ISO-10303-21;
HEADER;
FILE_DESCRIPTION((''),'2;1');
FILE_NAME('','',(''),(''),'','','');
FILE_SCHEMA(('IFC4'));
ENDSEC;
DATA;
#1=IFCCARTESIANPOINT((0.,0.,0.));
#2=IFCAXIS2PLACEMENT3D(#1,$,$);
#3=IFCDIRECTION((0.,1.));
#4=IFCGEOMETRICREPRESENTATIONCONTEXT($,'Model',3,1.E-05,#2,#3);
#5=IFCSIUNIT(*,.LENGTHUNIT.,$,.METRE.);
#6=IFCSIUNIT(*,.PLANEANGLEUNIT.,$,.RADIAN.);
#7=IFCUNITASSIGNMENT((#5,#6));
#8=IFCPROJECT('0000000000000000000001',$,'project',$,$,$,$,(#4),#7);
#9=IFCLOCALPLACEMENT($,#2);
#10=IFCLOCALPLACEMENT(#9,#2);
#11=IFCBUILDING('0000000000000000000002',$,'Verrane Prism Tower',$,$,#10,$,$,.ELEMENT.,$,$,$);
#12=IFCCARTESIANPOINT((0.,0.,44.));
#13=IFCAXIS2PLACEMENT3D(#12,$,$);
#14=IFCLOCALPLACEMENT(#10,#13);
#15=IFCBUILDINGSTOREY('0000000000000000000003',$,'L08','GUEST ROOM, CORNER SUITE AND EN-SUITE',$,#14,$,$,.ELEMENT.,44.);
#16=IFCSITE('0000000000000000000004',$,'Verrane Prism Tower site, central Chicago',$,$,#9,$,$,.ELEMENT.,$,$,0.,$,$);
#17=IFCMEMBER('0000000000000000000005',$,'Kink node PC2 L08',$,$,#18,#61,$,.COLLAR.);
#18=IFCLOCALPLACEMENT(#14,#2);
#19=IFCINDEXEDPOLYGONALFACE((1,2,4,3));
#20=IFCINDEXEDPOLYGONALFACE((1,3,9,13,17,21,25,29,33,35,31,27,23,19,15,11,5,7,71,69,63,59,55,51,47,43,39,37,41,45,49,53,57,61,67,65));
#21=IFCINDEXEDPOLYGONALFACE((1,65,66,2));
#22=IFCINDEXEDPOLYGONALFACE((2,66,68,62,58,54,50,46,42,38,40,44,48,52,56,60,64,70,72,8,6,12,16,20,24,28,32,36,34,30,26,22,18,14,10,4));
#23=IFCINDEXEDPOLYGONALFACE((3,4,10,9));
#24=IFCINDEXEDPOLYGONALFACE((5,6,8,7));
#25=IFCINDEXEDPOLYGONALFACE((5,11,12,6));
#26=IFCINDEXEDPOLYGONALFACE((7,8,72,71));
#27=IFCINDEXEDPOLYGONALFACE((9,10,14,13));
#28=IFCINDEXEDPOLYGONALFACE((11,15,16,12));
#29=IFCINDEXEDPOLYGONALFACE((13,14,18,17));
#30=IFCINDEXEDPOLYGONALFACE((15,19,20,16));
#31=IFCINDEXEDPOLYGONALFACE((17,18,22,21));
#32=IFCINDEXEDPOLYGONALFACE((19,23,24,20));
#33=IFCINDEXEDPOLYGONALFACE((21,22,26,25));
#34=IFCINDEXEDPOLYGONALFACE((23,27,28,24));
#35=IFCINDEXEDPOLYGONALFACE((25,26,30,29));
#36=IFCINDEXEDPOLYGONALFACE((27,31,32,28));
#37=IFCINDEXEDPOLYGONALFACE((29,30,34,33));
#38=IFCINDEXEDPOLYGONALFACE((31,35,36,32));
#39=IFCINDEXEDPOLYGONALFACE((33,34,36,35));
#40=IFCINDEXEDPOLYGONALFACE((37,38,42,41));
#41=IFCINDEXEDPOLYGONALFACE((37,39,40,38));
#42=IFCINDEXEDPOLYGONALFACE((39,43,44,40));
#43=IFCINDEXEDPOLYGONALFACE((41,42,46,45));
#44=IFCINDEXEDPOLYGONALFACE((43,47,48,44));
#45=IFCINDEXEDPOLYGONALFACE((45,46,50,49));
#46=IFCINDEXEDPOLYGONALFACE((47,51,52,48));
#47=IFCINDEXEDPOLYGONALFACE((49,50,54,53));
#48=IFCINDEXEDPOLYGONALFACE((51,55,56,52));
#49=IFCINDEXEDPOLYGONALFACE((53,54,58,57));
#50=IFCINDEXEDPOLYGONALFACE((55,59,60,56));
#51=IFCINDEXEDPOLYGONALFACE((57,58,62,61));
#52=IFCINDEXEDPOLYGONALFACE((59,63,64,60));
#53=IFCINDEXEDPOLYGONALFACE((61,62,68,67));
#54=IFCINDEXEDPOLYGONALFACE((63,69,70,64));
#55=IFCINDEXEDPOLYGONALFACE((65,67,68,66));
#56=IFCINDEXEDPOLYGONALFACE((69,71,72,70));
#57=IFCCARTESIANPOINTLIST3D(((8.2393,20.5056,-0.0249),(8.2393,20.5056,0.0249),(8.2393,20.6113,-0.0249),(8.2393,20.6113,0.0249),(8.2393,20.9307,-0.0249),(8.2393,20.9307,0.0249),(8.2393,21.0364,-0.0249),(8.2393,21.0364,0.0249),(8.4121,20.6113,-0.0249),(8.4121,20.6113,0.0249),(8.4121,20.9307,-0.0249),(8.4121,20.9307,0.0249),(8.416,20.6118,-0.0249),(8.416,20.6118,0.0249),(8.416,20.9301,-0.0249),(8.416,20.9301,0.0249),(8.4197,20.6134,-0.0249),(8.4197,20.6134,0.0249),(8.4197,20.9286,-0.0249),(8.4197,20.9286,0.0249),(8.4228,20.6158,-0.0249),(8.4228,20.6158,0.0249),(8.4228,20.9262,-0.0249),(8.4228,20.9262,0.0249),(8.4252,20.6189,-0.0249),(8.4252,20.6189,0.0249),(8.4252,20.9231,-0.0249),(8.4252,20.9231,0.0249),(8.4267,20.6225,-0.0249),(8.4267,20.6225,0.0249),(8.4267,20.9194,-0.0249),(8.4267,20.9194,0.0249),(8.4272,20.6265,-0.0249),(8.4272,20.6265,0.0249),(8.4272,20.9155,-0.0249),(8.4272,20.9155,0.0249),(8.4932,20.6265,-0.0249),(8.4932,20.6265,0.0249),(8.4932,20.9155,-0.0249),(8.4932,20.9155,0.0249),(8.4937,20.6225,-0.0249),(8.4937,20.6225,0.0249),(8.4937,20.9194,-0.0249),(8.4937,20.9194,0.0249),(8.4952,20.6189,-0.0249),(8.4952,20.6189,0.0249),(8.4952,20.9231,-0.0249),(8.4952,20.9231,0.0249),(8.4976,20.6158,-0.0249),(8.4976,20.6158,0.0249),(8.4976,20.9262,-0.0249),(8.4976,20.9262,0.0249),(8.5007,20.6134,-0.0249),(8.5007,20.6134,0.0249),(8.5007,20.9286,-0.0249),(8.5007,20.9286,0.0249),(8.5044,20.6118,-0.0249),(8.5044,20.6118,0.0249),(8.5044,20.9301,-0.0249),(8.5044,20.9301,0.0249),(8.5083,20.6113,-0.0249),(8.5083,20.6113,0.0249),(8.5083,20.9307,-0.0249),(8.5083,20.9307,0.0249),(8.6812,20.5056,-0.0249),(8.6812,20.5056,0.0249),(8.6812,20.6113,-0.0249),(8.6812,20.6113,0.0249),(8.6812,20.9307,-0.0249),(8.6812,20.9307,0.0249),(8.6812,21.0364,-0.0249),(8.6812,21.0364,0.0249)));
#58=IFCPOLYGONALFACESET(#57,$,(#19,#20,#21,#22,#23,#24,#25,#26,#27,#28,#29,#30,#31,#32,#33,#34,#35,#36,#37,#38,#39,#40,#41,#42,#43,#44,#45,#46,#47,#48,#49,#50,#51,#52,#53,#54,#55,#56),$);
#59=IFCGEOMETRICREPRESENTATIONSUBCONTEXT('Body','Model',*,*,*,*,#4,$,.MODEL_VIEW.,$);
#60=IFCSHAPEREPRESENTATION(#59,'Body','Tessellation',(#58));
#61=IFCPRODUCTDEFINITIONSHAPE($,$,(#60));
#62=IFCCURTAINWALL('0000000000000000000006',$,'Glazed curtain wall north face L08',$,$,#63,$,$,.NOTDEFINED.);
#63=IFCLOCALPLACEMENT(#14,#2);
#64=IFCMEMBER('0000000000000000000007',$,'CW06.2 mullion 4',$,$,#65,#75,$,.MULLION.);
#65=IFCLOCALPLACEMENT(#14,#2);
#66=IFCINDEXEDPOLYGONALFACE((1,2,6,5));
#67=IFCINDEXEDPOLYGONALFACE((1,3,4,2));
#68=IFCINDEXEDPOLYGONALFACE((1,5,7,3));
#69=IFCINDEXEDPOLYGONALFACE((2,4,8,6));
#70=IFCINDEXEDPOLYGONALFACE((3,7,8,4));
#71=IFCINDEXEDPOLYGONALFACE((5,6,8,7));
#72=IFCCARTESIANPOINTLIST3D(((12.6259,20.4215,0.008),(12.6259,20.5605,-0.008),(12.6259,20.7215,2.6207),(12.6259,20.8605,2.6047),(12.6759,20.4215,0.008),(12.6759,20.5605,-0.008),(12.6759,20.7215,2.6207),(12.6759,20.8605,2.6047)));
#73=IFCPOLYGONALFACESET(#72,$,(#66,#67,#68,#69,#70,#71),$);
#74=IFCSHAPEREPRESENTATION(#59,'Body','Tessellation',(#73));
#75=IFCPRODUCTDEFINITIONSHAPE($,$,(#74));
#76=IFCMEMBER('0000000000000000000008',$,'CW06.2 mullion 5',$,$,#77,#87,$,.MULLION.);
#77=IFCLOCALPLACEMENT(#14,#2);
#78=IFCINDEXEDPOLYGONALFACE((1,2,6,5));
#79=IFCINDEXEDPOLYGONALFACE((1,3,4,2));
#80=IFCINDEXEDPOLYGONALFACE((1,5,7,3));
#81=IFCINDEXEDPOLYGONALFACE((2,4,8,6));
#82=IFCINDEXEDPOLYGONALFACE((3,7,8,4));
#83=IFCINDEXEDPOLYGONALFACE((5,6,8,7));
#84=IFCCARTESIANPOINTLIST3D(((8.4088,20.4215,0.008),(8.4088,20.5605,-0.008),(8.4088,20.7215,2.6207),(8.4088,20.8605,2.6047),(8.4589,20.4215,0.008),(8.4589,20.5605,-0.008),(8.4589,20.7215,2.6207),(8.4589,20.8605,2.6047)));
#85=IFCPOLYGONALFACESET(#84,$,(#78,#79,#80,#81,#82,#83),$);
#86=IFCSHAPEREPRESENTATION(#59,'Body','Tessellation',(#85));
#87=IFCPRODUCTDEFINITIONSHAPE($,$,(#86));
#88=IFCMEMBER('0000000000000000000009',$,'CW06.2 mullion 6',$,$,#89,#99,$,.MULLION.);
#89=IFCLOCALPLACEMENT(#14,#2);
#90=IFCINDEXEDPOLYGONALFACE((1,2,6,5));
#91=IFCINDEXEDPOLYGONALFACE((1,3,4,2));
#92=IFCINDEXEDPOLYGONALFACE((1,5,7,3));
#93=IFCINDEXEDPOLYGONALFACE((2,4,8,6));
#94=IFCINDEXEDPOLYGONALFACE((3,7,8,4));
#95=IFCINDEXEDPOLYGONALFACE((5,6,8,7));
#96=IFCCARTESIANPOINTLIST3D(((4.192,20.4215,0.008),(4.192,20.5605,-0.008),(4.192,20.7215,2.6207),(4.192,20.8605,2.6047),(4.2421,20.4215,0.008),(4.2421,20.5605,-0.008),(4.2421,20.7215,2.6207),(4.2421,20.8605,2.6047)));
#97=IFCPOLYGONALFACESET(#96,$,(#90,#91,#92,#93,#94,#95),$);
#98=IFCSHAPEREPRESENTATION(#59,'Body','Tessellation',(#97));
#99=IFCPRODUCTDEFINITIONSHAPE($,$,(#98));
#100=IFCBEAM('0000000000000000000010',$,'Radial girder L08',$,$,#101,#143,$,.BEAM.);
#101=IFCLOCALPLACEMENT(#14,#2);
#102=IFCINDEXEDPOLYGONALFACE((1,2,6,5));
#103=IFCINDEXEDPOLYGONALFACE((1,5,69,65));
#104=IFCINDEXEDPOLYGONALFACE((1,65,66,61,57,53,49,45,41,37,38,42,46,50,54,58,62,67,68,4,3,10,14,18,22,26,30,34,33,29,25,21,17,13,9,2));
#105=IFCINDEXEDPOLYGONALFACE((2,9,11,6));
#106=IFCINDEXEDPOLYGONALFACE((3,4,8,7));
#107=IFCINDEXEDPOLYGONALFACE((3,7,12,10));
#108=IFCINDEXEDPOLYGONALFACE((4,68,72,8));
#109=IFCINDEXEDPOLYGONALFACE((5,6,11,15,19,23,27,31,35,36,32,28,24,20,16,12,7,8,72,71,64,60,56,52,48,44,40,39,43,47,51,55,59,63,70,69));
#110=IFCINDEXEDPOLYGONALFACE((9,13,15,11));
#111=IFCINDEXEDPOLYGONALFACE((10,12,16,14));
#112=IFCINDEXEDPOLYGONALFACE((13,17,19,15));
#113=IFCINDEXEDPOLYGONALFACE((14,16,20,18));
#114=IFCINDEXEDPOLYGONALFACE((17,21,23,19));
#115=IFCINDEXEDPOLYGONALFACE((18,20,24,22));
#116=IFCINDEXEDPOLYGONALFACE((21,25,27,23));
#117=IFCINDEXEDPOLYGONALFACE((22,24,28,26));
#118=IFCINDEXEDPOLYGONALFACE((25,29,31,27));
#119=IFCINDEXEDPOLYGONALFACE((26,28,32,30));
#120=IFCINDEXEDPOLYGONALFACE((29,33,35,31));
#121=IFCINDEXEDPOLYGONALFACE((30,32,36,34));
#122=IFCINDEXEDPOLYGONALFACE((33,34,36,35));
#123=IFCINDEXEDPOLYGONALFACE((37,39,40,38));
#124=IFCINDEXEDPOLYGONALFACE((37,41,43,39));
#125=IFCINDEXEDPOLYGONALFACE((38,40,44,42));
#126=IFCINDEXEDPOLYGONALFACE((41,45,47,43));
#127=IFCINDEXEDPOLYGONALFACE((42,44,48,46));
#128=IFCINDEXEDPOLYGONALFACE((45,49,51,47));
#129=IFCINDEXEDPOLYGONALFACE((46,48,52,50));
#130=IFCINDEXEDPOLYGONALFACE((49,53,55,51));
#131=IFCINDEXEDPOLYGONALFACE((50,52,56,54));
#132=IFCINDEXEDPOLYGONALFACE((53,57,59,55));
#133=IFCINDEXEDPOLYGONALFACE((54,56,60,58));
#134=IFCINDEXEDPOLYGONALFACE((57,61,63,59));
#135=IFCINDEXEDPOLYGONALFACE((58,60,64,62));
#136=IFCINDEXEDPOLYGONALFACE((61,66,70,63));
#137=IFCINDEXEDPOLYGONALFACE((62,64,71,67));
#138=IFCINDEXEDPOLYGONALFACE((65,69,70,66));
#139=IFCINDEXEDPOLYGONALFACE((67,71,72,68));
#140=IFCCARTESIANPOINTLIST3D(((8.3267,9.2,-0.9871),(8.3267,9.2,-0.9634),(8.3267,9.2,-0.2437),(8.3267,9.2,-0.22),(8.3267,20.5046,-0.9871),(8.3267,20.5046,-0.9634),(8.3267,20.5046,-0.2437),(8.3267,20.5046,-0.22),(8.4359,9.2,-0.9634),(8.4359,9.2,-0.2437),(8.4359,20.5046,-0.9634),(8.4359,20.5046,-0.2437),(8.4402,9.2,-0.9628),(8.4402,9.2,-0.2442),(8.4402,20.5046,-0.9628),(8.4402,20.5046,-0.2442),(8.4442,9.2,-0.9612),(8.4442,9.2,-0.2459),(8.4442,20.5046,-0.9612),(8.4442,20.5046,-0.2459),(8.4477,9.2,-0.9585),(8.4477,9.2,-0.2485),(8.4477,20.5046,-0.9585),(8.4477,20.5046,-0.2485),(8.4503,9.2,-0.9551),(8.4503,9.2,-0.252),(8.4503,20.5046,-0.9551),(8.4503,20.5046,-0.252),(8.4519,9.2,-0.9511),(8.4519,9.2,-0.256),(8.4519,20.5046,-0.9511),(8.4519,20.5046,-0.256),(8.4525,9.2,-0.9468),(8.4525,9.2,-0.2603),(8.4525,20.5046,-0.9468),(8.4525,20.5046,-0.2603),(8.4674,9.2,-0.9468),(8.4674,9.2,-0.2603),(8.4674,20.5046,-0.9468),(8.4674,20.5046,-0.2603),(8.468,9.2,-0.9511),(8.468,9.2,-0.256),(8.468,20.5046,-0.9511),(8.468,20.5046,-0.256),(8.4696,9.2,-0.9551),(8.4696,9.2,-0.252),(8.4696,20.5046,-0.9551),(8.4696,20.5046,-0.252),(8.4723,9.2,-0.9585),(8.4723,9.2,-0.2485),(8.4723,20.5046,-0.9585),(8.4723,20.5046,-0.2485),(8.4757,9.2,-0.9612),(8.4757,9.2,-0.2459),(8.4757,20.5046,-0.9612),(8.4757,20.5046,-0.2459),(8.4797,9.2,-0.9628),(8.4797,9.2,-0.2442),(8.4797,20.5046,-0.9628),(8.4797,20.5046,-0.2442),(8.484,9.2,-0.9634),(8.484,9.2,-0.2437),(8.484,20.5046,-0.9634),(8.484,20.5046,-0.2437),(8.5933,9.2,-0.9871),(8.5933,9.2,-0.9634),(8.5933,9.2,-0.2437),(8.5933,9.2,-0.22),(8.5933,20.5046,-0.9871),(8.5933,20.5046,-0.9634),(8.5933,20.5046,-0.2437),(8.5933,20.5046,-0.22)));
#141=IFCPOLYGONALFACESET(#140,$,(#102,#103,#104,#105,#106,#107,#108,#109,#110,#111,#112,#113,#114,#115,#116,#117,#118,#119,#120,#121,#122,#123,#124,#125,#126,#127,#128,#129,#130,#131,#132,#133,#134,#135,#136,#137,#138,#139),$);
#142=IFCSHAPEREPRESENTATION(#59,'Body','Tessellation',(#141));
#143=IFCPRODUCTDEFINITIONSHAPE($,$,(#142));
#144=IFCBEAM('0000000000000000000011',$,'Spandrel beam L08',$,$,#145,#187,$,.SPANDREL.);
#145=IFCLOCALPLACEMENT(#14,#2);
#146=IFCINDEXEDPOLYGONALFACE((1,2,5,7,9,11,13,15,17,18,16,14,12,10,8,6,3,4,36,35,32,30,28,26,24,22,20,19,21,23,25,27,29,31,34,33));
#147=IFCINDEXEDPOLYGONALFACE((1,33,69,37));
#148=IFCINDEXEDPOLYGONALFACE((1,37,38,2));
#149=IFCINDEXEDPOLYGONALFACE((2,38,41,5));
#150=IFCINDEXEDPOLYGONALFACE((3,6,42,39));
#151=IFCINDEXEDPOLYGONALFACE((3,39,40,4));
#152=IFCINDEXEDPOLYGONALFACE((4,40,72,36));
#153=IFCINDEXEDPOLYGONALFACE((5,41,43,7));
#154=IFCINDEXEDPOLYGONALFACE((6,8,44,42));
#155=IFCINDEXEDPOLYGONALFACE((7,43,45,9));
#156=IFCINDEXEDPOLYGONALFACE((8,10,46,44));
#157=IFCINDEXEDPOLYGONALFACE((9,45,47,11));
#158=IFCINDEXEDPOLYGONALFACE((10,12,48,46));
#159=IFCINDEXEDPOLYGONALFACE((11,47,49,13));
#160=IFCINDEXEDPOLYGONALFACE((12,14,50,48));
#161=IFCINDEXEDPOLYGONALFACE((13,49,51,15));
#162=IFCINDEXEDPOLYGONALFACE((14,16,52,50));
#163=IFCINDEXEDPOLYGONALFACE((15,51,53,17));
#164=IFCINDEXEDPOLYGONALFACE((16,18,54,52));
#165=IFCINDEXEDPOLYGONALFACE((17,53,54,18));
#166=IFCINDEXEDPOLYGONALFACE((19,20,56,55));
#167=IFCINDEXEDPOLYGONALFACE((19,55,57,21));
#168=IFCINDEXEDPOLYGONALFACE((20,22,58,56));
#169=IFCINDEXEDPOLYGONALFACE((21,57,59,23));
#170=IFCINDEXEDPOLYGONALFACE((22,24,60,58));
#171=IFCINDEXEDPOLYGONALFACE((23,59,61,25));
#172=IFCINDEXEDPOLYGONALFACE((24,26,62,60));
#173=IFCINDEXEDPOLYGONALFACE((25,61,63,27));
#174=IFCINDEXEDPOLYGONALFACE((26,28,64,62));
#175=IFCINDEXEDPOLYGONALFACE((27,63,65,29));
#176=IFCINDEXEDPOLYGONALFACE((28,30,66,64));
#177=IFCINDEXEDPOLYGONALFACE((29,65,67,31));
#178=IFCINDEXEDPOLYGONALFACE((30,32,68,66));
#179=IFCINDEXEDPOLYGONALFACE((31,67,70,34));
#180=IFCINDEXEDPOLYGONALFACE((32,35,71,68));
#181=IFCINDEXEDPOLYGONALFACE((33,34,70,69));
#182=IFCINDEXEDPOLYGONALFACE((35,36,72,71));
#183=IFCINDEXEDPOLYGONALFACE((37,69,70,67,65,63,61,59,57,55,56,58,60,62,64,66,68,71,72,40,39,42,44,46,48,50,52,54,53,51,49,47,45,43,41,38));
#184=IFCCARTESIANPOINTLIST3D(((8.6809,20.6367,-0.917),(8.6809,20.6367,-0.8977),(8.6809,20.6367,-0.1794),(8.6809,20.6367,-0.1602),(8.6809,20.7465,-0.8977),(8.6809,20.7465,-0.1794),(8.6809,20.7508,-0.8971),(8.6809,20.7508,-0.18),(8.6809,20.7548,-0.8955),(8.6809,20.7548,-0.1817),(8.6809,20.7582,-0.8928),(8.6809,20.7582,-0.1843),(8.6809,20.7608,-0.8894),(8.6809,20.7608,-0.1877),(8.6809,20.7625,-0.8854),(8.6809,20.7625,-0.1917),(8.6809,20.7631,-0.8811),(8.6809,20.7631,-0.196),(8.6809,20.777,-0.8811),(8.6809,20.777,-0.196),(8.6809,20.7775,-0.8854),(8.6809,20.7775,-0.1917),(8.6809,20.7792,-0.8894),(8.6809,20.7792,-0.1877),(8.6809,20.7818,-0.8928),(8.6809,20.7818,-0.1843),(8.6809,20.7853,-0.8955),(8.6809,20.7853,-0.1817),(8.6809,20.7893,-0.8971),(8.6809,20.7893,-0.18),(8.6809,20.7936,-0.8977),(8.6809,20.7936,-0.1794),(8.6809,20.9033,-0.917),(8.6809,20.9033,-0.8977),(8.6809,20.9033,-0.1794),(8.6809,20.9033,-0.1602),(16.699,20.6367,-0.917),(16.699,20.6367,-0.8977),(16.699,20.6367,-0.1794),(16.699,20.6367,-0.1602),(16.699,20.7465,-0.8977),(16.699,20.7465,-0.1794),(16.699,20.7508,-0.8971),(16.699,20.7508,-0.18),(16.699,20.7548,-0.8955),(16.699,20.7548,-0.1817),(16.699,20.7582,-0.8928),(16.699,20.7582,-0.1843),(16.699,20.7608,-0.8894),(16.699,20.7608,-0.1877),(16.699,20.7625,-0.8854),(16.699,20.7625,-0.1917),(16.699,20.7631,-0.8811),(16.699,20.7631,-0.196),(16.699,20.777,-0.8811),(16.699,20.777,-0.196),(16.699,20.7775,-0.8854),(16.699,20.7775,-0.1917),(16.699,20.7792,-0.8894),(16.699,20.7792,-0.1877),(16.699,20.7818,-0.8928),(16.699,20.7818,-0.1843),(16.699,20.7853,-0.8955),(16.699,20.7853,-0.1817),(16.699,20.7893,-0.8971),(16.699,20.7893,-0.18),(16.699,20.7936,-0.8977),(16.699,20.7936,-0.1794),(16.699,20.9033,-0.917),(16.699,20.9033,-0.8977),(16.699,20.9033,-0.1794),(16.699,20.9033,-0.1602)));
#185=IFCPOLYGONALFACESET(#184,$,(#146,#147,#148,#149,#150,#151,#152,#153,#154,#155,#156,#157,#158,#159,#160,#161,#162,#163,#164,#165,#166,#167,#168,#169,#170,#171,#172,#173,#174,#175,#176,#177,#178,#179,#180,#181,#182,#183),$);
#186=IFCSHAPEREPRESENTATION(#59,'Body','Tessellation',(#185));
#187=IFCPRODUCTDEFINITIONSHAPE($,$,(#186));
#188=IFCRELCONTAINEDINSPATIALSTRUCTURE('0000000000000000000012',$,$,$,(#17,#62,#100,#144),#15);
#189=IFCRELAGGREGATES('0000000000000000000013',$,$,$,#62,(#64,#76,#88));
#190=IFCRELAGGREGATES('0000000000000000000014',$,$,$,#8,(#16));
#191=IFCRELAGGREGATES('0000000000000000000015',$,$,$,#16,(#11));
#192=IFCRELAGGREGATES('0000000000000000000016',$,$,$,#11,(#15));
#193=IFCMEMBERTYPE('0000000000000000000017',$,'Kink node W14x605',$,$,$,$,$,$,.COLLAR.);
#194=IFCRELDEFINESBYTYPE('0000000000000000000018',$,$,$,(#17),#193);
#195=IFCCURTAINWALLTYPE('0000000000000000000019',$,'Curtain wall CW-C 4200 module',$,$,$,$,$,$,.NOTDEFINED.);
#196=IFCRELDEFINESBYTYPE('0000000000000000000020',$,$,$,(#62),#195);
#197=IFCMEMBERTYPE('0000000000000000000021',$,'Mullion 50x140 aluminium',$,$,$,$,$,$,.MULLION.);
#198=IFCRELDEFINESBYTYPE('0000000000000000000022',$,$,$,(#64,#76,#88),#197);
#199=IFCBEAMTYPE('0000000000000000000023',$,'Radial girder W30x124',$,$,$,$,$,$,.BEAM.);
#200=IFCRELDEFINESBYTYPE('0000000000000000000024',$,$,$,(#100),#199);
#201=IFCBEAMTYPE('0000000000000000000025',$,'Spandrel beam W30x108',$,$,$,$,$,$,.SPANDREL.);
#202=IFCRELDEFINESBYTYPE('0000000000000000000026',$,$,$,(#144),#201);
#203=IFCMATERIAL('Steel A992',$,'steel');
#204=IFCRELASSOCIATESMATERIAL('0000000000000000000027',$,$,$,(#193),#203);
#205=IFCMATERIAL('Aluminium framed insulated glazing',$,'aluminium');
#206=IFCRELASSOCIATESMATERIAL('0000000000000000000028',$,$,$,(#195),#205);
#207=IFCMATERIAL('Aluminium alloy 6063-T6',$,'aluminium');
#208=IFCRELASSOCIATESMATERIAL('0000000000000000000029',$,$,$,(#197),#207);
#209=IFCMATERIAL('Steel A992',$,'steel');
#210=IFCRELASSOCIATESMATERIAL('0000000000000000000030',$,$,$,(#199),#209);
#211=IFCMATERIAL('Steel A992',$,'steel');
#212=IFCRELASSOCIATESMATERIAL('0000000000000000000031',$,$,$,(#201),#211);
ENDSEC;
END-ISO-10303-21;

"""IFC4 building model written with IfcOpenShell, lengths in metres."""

from ifc_helpers import new_model, si_unit, direction, frame, origin, origin_2d, place, context, subcontext, project, spatial, rectangle, i_section, extrude, material, material_profile, profile_set, type_object, element, aggregate, save


model = new_model("IFC4")

# Units and contexts
model_context = context("Model", 3, precision=1e-05, world=origin(), true_north=direction((0.0, 1.0)))
body_context = subcontext(model_context, "Body", "Model", "MODEL_VIEW")
ifc_project = project(units=[si_unit("LENGTHUNIT", "METRE"), si_unit("PLANEANGLEUNIT", "RADIAN")], contexts=[model_context])

# Site, building, storey
site_placement = place(None, origin())
site = spatial("IfcSite", under=ifc_project, at=site_placement, Name="Verrane Prism Tower site, central Chicago", CompositionType="ELEMENT", RefElevation=0.0)
building_placement = place(site_placement, origin())
building = spatial("IfcBuilding", under=site, at=building_placement, Name="Verrane Prism Tower", CompositionType="ELEMENT")
storey_placement = place(building_placement, frame((0.0, 0.0, 44.0)))
storey = spatial("IfcBuildingStorey", under=building, at=storey_placement, Name="L08", Description="GUEST ROOM, CORNER SUITE AND EN-SUITE", CompositionType="ELEMENT", Elevation=44.0)

# Member
ifc_material_1 = material(Name="Steel A992", Category="steel")
ifc_material_profile_1 = material_profile(ifc_material_1, i_section(OverallWidth=0.4419, OverallDepth=0.5308, WebThickness=0.0659, FlangeThickness=0.1057, FilletRadius=0.0151, at=origin_2d()), Name="W14x605")
ifc_profile_set_1 = profile_set([ifc_material_profile_1], Name="Steel A992")
member_type_1 = type_object("IfcMemberType", Name="Kink node W14x605", PredefinedType="COLLAR", material=ifc_profile_set_1)
member_1_placement = place(storey_placement, frame((8.4602, 20.771, -0.0249), z_axis=(0.0, 0.0, 1.0), x_axis=(1.0, 0.0, 0.0)))
element("IfcMember", 1, at=member_1_placement, inside=storey, type_object=member_type_1, Name="Kink node PC2 L08", PredefinedType="COLLAR", context=body_context, shape_type="SweptSolid", body=[
    extrude(i_section(OverallWidth=0.4419, OverallDepth=0.5308, WebThickness=0.0659, FlangeThickness=0.1057, FilletRadius=0.0151, at=origin_2d()), origin(), (0.0, 0.0, 1.0), 0.0498),
])

# Curtain wall, members
ifc_material_2 = material(Name="Aluminium framed insulated glazing", Category="aluminium")
curtain_wall_type = type_object("IfcCurtainWallType", Name="Curtain wall CW-C 4200 module", PredefinedType="NOTDEFINED", material=ifc_material_2)
curtain_wall_placement = place(storey_placement, origin())
curtain_wall = element("IfcCurtainWall", 2, at=curtain_wall_placement, inside=storey, type_object=curtain_wall_type, Name="Glazed curtain wall north face L08", PredefinedType="NOTDEFINED")
ifc_material_3 = material(Name="Aluminium alloy 6063-T6", Category="aluminium")
ifc_material_profile_2 = material_profile(ifc_material_3, rectangle(XDim=0.1399, YDim=0.05, at=origin_2d()), Name="Mullion 50x140 aluminium")
ifc_profile_set_2 = profile_set([ifc_material_profile_2], Name="Aluminium alloy 6063-T6")
member_type_2 = type_object("IfcMemberType", Name="Mullion 50x140 aluminium", PredefinedType="MULLION", material=ifc_profile_set_2)
member_2_placement = place(storey_placement, frame((12.6509, 20.491, 0.0), z_axis=(0.0, 0.114089, 0.993471), x_axis=(0.0, 0.993471, -0.114089)))
member_2 = element("IfcMember", 3, at=member_2_placement, type_object=member_type_2, Name="CW06.2 mullion 4", PredefinedType="MULLION", context=body_context, shape_type="SweptSolid", body=[
    extrude(rectangle(XDim=0.1399, YDim=0.05, at=origin_2d()), origin(), (0.0, 0.0, 1.0), 2.6299),
])
member_3_placement = place(storey_placement, frame((8.4338, 20.491, 0.0), z_axis=(0.0, 0.114089, 0.993471), x_axis=(0.0, 0.993471, -0.114089)))
member_3 = element("IfcMember", 4, at=member_3_placement, type_object=member_type_2, Name="CW06.2 mullion 5", PredefinedType="MULLION", context=body_context, shape_type="SweptSolid", body=[
    extrude(rectangle(XDim=0.1399, YDim=0.05, at=origin_2d()), origin(), (0.0, 0.0, 1.0), 2.6299),
])
member_4_placement = place(storey_placement, frame((4.217, 20.491, 0.0), z_axis=(0.0, 0.114089, 0.993471), x_axis=(0.0, 0.993471, -0.114089)))
member_4 = element("IfcMember", 5, at=member_4_placement, type_object=member_type_2, Name="CW06.2 mullion 6", PredefinedType="MULLION", context=body_context, shape_type="SweptSolid", body=[
    extrude(rectangle(XDim=0.1399, YDim=0.05, at=origin_2d()), origin(), (0.0, 0.0, 1.0), 2.6299),
])

# Beams
ifc_material_4 = material(Name="Steel A992", Category="steel")
ifc_material_profile_3 = material_profile(ifc_material_4, i_section(OverallWidth=0.2666, OverallDepth=0.7671, WebThickness=0.0149, FlangeThickness=0.0237, FilletRadius=0.0166, at=origin_2d()), Name="W30x124")
ifc_profile_set_3 = profile_set([ifc_material_profile_3], Name="Steel A992")
beam_type_1 = type_object("IfcBeamType", Name="Radial girder W30x124", PredefinedType="BEAM", material=ifc_profile_set_3)
beam_placement = place(storey_placement, frame((8.46, 20.5046, -0.6035), z_axis=(0.0, -1.0, 0.0), x_axis=(1.0, 0.0, 0.0)))
element("IfcBeam", 6, at=beam_placement, inside=storey, type_object=beam_type_1, Name="Radial girder L08", PredefinedType="BEAM", context=body_context, shape_type="SweptSolid", body=[
    extrude(i_section(OverallWidth=0.2666, OverallDepth=0.7671, WebThickness=0.0149, FlangeThickness=0.0237, FilletRadius=0.0166, at=origin_2d()), origin(), (0.0, 0.0, 1.0), 11.3047),
])
ifc_material_5 = material(Name="Steel A992", Category="steel")
ifc_material_profile_4 = material_profile(ifc_material_5, i_section(OverallWidth=0.2666, OverallDepth=0.7568, WebThickness=0.0139, FlangeThickness=0.0193, FilletRadius=0.0166, at=origin_2d()), Name="W30x108")
ifc_profile_set_4 = profile_set([ifc_material_profile_4], Name="Steel A992")
beam_type_2 = type_object("IfcBeamType", Name="Spandrel beam W30x108", PredefinedType="SPANDREL", material=ifc_profile_set_4)
for number, where, z_axis, x_axis, name in (
    (7, (16.699, 20.77, -0.5386), (-1.0, 0.0, 0.0), (0.0, -1.0, 0.0), "Spandrel beam L08"),
):
    element("IfcBeam", number, at=place(storey_placement, frame(where, z_axis=z_axis, x_axis=x_axis)), inside=storey, type_object=beam_type_2, Name=name, PredefinedType="SPANDREL", context=body_context, shape_type="SweptSolid", body=[
        extrude(i_section(OverallWidth=0.2666, OverallDepth=0.7568, WebThickness=0.0139, FlangeThickness=0.0193, FilletRadius=0.0166, at=origin_2d()), origin(), (0.0, 0.0, 1.0), 8.0181),
    ])

aggregate(curtain_wall, [member_2, member_3, member_4])

save(model, "model.ifc")
